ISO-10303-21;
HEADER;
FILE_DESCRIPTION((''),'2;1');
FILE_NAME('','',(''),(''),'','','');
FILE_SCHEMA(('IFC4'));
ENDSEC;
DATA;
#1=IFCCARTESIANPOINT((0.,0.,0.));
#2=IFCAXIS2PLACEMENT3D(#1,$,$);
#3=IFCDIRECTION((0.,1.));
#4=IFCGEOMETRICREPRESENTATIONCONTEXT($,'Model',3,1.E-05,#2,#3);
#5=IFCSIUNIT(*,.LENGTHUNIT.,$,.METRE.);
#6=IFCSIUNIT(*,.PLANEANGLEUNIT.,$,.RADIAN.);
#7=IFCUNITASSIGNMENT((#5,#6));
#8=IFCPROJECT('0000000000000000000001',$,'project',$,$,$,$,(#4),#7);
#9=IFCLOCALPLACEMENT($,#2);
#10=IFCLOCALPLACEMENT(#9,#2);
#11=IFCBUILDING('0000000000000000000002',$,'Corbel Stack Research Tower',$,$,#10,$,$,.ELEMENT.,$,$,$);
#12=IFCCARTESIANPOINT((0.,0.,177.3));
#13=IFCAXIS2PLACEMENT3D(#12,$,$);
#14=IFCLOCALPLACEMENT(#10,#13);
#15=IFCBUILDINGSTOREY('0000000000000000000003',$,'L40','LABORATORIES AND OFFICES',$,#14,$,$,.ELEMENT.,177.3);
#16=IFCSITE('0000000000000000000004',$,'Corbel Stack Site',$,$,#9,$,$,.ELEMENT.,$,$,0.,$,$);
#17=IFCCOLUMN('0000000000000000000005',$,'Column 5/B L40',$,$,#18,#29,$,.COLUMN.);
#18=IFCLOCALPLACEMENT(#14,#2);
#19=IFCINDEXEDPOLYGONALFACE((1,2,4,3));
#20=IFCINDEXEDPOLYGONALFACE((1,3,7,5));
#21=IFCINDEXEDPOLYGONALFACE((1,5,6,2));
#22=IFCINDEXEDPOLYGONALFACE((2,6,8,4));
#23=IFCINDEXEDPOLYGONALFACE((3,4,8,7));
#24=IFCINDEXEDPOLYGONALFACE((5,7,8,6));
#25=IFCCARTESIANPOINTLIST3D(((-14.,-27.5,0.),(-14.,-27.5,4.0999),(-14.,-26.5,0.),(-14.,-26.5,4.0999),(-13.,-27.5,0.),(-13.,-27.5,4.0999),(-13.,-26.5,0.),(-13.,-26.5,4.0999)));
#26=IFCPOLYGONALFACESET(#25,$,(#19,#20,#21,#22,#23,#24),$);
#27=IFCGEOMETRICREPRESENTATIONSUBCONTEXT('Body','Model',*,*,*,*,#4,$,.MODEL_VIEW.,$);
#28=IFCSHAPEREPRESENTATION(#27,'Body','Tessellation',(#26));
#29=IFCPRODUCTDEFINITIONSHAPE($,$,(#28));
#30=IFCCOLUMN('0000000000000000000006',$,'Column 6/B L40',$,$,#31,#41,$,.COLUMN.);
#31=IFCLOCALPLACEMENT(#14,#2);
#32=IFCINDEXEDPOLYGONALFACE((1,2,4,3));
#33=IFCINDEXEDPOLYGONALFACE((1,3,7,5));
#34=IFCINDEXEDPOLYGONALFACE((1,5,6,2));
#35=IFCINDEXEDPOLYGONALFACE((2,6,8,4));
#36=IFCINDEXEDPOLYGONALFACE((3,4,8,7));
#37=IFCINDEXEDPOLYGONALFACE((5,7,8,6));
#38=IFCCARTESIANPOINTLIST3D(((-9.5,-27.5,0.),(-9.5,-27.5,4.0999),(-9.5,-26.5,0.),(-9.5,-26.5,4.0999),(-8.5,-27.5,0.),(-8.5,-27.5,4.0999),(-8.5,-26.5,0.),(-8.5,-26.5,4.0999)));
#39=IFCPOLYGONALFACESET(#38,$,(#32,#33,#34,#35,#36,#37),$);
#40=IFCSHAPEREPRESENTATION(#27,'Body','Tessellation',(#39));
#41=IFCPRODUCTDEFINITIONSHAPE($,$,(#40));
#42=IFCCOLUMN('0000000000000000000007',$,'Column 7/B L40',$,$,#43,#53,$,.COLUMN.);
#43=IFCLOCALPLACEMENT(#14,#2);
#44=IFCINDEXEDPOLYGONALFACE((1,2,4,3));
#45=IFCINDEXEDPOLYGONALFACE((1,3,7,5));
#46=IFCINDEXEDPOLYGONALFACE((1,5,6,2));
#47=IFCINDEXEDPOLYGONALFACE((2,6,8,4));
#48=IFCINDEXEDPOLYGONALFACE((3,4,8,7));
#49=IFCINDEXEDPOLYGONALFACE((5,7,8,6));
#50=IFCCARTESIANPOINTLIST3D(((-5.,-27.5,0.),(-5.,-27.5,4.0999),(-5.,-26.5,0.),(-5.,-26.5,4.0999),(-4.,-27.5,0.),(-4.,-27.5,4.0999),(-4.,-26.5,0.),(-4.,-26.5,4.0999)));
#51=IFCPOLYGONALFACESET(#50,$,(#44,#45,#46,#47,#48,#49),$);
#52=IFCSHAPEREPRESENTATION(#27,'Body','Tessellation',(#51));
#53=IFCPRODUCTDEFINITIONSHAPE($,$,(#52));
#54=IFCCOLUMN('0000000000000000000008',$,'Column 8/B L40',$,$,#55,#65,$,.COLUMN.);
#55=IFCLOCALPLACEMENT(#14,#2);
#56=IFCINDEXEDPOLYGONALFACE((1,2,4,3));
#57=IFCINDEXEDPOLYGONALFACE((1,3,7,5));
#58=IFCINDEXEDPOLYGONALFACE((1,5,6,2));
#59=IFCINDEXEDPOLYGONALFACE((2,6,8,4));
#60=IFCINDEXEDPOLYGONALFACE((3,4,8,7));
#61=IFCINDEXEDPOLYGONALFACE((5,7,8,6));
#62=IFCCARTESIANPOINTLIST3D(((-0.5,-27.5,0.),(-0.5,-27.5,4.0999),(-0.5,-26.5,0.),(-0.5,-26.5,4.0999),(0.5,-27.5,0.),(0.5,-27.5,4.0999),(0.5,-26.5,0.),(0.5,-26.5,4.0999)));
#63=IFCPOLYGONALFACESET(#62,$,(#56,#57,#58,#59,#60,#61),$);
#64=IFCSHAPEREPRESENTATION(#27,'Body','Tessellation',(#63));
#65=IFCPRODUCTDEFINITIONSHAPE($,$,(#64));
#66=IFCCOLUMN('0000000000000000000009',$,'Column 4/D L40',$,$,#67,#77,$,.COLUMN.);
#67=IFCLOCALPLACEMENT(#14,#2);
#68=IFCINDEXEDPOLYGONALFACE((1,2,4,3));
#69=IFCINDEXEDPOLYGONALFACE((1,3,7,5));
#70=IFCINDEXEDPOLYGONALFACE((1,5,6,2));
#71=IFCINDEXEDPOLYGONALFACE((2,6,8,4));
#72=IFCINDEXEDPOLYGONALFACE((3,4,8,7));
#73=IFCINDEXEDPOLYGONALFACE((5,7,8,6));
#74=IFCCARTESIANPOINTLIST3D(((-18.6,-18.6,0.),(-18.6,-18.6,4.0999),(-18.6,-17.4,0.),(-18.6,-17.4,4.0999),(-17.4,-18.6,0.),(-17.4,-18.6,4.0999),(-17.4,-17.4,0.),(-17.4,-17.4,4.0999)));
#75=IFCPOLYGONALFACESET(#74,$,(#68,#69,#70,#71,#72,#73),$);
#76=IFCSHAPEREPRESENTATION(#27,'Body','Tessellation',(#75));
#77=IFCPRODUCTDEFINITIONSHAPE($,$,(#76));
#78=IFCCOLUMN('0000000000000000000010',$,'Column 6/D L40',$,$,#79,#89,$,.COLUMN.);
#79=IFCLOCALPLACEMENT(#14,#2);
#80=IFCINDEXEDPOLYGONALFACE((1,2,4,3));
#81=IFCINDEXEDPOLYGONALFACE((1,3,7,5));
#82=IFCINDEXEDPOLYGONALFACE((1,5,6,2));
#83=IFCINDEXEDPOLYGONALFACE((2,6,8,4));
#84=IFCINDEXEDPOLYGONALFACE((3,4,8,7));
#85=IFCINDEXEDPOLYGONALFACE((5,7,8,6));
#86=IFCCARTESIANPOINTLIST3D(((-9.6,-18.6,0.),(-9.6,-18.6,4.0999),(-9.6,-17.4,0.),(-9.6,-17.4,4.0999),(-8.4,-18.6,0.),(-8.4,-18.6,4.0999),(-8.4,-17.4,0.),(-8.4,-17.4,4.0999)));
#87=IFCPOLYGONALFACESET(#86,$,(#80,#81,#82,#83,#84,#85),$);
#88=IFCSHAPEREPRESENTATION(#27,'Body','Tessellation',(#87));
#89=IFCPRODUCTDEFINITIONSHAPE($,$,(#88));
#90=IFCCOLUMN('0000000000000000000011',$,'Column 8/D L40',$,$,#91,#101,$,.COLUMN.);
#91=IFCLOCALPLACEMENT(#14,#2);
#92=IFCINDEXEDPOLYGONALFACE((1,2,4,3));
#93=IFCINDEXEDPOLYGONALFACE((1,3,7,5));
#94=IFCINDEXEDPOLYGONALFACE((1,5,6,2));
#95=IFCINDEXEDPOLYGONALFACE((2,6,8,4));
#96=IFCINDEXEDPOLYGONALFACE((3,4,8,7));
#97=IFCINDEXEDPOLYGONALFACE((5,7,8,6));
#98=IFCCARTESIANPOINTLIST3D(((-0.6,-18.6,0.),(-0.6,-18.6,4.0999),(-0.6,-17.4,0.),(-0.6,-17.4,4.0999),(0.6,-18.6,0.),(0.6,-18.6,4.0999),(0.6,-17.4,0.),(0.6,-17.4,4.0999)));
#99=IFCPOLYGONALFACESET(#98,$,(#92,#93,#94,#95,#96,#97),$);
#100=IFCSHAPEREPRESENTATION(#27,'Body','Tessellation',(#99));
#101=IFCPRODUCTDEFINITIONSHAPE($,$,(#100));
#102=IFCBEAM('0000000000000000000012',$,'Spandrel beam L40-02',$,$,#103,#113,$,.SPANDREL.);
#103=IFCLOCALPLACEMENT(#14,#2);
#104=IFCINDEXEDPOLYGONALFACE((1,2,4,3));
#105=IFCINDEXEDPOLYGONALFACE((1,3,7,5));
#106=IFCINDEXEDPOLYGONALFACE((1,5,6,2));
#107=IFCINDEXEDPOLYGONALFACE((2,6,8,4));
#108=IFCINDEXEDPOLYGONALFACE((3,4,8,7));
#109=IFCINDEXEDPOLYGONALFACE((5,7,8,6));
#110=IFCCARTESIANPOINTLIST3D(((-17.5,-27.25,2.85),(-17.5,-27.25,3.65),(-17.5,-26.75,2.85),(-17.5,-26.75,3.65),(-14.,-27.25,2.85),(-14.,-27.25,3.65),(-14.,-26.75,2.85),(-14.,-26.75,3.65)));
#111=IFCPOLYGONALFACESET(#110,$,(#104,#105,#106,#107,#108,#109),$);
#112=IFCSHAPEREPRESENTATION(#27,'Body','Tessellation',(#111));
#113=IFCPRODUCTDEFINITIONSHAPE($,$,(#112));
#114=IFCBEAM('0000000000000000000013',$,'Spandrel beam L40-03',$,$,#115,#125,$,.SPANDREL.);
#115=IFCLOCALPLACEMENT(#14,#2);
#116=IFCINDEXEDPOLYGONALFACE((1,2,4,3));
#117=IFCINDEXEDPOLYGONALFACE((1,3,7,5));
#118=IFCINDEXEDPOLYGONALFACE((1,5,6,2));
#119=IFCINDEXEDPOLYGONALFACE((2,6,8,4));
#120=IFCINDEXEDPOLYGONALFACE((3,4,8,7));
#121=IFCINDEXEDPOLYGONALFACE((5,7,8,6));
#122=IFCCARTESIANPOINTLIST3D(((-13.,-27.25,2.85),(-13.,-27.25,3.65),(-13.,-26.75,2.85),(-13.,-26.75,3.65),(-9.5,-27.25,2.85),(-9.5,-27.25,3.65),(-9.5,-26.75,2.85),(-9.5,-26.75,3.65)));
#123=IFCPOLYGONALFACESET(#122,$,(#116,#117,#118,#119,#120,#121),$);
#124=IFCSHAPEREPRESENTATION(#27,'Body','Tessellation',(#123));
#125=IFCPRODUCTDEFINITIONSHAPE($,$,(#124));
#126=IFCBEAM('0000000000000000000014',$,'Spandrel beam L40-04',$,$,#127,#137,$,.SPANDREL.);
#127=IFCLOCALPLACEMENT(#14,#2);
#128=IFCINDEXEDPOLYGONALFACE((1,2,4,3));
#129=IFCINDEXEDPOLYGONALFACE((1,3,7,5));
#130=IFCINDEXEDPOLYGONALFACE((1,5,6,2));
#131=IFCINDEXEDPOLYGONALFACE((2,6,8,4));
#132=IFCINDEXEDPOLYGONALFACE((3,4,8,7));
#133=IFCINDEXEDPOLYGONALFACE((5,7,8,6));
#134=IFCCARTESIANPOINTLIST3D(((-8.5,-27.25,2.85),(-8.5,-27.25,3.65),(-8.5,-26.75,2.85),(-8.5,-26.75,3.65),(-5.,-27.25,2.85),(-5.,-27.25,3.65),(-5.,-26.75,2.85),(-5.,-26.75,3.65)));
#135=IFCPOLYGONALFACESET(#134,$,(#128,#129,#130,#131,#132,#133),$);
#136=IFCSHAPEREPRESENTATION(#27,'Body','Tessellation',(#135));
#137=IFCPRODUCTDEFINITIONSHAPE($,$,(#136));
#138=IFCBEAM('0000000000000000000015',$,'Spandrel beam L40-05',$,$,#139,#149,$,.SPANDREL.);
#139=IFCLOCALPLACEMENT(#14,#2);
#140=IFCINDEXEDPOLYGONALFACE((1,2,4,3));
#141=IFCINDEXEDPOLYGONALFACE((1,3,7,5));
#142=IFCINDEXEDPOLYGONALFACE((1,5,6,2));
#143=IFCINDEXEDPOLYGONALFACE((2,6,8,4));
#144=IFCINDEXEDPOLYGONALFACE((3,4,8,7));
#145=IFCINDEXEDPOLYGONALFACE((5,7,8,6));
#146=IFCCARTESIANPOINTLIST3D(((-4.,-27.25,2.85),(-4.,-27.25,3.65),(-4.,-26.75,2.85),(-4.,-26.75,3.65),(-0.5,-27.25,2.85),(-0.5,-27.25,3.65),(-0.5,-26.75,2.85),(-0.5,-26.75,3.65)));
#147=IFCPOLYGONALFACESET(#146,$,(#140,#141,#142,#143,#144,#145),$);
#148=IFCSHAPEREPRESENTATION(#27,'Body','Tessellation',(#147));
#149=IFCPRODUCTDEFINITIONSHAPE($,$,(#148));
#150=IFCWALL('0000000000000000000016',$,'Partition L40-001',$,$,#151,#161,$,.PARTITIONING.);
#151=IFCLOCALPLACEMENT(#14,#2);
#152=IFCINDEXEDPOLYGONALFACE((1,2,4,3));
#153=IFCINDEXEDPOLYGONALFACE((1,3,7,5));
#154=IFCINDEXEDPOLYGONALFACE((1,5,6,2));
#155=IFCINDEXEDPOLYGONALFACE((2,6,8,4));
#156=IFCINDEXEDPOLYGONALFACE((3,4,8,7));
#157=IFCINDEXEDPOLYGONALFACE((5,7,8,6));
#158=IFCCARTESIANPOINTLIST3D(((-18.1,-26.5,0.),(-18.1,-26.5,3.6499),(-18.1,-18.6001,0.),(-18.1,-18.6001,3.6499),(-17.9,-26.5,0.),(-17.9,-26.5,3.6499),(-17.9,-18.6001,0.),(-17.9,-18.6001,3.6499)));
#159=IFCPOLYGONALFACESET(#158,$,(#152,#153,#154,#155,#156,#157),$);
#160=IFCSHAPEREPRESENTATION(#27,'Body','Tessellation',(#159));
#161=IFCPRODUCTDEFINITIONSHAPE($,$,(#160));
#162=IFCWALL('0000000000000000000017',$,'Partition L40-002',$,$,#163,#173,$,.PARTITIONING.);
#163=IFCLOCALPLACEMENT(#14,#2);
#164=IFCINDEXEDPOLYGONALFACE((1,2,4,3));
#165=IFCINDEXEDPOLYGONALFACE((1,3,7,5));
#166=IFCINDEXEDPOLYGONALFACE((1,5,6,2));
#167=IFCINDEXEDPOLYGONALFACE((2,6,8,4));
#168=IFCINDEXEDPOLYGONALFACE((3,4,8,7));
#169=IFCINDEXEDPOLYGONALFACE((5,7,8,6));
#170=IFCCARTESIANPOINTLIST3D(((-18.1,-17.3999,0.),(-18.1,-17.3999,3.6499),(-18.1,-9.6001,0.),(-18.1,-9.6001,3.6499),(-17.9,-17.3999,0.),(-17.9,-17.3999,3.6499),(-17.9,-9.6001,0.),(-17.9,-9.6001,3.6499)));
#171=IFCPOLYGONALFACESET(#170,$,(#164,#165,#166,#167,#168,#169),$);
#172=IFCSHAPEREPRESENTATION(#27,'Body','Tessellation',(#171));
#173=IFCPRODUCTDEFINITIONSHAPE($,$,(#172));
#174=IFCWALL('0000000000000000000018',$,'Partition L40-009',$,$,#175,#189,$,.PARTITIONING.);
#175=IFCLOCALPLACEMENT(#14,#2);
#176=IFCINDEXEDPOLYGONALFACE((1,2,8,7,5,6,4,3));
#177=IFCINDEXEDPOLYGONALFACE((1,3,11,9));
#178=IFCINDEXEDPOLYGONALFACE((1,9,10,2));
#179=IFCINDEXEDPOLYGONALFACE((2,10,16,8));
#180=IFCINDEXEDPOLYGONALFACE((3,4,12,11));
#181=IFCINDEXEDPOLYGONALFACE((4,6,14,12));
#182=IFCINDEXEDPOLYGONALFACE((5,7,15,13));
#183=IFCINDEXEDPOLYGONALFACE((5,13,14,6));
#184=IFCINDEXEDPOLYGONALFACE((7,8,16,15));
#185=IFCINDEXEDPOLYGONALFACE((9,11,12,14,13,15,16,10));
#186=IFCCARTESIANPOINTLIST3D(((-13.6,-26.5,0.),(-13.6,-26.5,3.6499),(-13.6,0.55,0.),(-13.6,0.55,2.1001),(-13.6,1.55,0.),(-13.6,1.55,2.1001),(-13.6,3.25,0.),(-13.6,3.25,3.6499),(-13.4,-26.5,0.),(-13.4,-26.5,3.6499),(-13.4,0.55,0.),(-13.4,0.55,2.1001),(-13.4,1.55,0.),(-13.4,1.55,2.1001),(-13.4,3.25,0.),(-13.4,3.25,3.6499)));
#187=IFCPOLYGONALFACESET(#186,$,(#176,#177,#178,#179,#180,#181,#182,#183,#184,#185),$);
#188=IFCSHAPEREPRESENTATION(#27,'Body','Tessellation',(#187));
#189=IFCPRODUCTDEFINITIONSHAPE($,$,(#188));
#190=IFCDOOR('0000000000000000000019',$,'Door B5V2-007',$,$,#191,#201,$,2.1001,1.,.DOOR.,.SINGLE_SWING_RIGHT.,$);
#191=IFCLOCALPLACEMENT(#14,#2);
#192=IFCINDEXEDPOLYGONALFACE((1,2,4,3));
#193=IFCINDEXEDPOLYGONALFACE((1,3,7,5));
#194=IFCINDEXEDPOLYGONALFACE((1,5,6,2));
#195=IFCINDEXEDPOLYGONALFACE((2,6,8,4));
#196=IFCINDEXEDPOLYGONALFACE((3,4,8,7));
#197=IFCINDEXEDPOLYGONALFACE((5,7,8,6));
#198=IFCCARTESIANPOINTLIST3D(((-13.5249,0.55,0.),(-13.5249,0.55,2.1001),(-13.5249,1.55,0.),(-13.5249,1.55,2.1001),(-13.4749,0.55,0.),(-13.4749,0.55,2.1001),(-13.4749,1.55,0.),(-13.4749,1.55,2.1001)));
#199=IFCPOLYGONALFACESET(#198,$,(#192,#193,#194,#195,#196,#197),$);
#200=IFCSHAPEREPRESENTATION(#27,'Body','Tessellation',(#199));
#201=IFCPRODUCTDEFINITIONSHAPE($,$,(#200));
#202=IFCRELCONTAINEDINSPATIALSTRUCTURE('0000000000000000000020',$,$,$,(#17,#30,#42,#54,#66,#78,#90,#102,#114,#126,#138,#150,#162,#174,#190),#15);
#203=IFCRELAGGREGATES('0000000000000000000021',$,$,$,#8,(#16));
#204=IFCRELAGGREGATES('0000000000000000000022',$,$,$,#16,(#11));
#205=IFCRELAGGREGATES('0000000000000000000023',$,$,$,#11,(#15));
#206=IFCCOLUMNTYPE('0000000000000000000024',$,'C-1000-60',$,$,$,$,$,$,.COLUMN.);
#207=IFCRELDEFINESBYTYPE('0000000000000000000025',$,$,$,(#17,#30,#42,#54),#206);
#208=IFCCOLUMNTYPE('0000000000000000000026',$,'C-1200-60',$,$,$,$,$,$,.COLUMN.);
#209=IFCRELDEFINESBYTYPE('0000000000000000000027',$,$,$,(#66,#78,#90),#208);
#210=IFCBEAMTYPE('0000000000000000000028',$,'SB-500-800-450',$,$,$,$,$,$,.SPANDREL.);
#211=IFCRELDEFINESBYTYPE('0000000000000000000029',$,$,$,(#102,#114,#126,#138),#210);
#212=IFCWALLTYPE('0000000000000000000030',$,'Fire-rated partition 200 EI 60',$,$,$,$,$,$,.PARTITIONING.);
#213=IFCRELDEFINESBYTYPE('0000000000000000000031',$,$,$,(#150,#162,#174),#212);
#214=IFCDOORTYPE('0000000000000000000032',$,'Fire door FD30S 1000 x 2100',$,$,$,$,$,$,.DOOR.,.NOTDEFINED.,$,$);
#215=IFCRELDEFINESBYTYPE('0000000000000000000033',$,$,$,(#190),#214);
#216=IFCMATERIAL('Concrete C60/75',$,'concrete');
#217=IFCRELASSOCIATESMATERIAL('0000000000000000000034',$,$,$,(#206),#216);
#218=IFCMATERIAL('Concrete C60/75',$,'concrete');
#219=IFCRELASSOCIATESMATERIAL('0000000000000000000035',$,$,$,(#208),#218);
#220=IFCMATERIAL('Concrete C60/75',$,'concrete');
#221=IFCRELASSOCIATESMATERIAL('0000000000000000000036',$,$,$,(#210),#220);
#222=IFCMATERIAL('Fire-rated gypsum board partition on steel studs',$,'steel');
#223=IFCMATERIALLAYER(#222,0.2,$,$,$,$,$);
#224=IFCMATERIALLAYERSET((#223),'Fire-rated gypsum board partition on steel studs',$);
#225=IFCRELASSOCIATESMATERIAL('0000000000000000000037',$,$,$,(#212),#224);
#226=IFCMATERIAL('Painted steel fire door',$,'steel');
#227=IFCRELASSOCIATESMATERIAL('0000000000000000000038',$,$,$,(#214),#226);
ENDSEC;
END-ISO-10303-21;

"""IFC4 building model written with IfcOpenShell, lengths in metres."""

from ifc_helpers import new_model, si_unit, direction, frame, frame_2d, origin, origin_2d, place, context, subcontext, project, spatial, rectangle, extrude, material, layer, layer_set, material_profile, profile_set, type_object, element, fill, save


model = new_model("IFC4")

# Units and contexts
model_context = context("Model", 3, precision=1e-05, world=origin(), true_north=direction((0.0, 1.0)))
body_context = subcontext(model_context, "Body", "Model", "MODEL_VIEW")
ifc_project = project(units=[si_unit("LENGTHUNIT", "METRE"), si_unit("PLANEANGLEUNIT", "RADIAN")], contexts=[model_context])

# Site, building, storey
site_placement = place(None, origin())
site = spatial("IfcSite", under=ifc_project, at=site_placement, Name="Corbel Stack Site", CompositionType="ELEMENT", RefElevation=0.0)
building_placement = place(site_placement, origin())
building = spatial("IfcBuilding", under=site, at=building_placement, Name="Corbel Stack Research Tower", CompositionType="ELEMENT")
storey_placement = place(building_placement, frame((0.0, 0.0, 177.3)))
storey = spatial("IfcBuildingStorey", under=building, at=storey_placement, Name="L40", Description="LABORATORIES AND OFFICES", CompositionType="ELEMENT", Elevation=177.3)

# Columns
ifc_material_1 = material(Name="Concrete C60/75", Category="concrete")
ifc_material_profile_1 = material_profile(ifc_material_1, rectangle(XDim=1.0, YDim=1.0, at=origin_2d()), Name="RC 1000 x 1000")
ifc_profile_set_1 = profile_set([ifc_material_profile_1], Name="Concrete C60/75")
column_type_1 = type_object("IfcColumnType", Name="C-1000-60", PredefinedType="COLUMN", material=ifc_profile_set_1)
for number, where, z_axis, x_axis, name in (
    (1, (-13.5, -27.0, 0.0), (0.0, 0.0, 1.0), (1.0, 0.0, 0.0), "Column 5/B L40"),
    (2, (-9.0, -27.0, 0.0), (0.0, 0.0, 1.0), (1.0, 0.0, 0.0), "Column 6/B L40"),
    (3, (-4.5, -27.0, 0.0), (0.0, 0.0, 1.0), (1.0, 0.0, 0.0), "Column 7/B L40"),
    (4, (0.0, -27.0, 0.0), (0.0, 0.0, 1.0), (1.0, 0.0, 0.0), "Column 8/B L40"),
):
    element("IfcColumn", number, at=place(storey_placement, frame(where, z_axis=z_axis, x_axis=x_axis)), inside=storey, type_object=column_type_1, Name=name, PredefinedType="COLUMN", context=body_context, shape_type="SweptSolid", body=[
        extrude(rectangle(XDim=1.0, YDim=1.0, at=origin_2d()), origin(), (0.0, 0.0, 1.0), 4.0999),
    ])
ifc_material_2 = material(Name="Concrete C60/75", Category="concrete")
ifc_material_profile_2 = material_profile(ifc_material_2, rectangle(XDim=1.2, YDim=1.2, at=origin_2d()), Name="RC 1200 x 1200")
ifc_profile_set_2 = profile_set([ifc_material_profile_2], Name="Concrete C60/75")
column_type_2 = type_object("IfcColumnType", Name="C-1200-60", PredefinedType="COLUMN", material=ifc_profile_set_2)
for number, where, z_axis, x_axis, name in (
    (5, (-18.0, -18.0, 0.0), (0.0, 0.0, 1.0), (1.0, 0.0, 0.0), "Column 4/D L40"),
    (6, (-9.0, -18.0, 0.0), (0.0, 0.0, 1.0), (1.0, 0.0, 0.0), "Column 6/D L40"),
    (7, (0.0, -18.0, 0.0), (0.0, 0.0, 1.0), (1.0, 0.0, 0.0), "Column 8/D L40"),
):
    element("IfcColumn", number, at=place(storey_placement, frame(where, z_axis=z_axis, x_axis=x_axis)), inside=storey, type_object=column_type_2, Name=name, PredefinedType="COLUMN", context=body_context, shape_type="SweptSolid", body=[
        extrude(rectangle(XDim=1.2, YDim=1.2, at=origin_2d()), origin(), (0.0, 0.0, 1.0), 4.0999),
    ])

# Beams
ifc_material_3 = material(Name="Concrete C60/75", Category="concrete")
ifc_material_profile_3 = material_profile(ifc_material_3, rectangle(XDim=0.5, YDim=0.8, at=origin_2d()), Name="RC 500 x 800")
ifc_profile_set_3 = profile_set([ifc_material_profile_3], Name="Concrete C60/75")
beam_type = type_object("IfcBeamType", Name="SB-500-800-450", PredefinedType="SPANDREL", material=ifc_profile_set_3)
for number, where, z_axis, x_axis, name in (
    (8, (-17.5, -27.0, 3.25), (1.0, 0.0, 0.0), (0.0, 1.0, 0.0), "Spandrel beam L40-02"),
    (9, (-13.0, -27.0, 3.25), (1.0, 0.0, 0.0), (0.0, 1.0, 0.0), "Spandrel beam L40-03"),
    (10, (-8.5, -27.0, 3.25), (1.0, 0.0, 0.0), (0.0, 1.0, 0.0), "Spandrel beam L40-04"),
    (11, (-4.0, -27.0, 3.25), (1.0, 0.0, 0.0), (0.0, 1.0, 0.0), "Spandrel beam L40-05"),
):
    element("IfcBeam", number, at=place(storey_placement, frame(where, z_axis=z_axis, x_axis=x_axis)), inside=storey, type_object=beam_type, Name=name, PredefinedType="SPANDREL", context=body_context, shape_type="SweptSolid", body=[
        extrude(rectangle(XDim=0.5, YDim=0.8, at=origin_2d()), origin(), (0.0, 0.0, 1.0), 3.5),
    ])

# Walls
ifc_material_4 = material(Name="Fire-rated gypsum board partition on steel studs", Category="steel")
ifc_layer_1 = layer(ifc_material_4, 0.2)
ifc_layer_set_1 = layer_set([ifc_layer_1], Name="Fire-rated gypsum board partition on steel studs")
wall_type_1 = type_object("IfcWallType", Name="Fire-rated partition 200 EI 60", PredefinedType="PARTITIONING", material=ifc_layer_set_1)
wall_1_placement = place(storey_placement, frame((-18.0, -26.5, 0.0), z_axis=(0.0, 0.0, 1.0), x_axis=(0.0, 1.0, 0.0)))
element("IfcWall", 12, at=wall_1_placement, inside=storey, type_object=wall_type_1, Name="Partition L40-001", PredefinedType="PARTITIONING", context=body_context, shape_type="SweptSolid", body=[
    extrude(rectangle(XDim=7.8999, YDim=0.2, at=frame_2d((3.95, 0.0))), origin(), (0.0, 0.0, 1.0), 3.6499),
])
wall_2_placement = place(storey_placement, frame((-18.0, -17.3999, 0.0), z_axis=(0.0, 0.0, 1.0), x_axis=(0.0, 1.0, 0.0)))
element("IfcWall", 13, at=wall_2_placement, inside=storey, type_object=wall_type_1, Name="Partition L40-002", PredefinedType="PARTITIONING", context=body_context, shape_type="SweptSolid", body=[
    extrude(rectangle(XDim=7.7998, YDim=0.2, at=frame_2d((3.8999, 0.0))), origin(), (0.0, 0.0, 1.0), 3.6499),
])

# Wall, opening, door
wall_3_placement = place(storey_placement, frame((-13.5, -26.5, 0.0), z_axis=(0.0, 0.0, 1.0), x_axis=(0.0, 1.0, 0.0)))
wall_3 = element("IfcWall", 14, at=wall_3_placement, inside=storey, type_object=wall_type_1, Name="Partition L40-009", PredefinedType="PARTITIONING", context=body_context, shape_type="SweptSolid", body=[
    extrude(rectangle(XDim=29.75, YDim=0.2, at=frame_2d((14.875, 0.0))), origin(), (0.0, 0.0, 1.0), 3.6499),
])
opening_1_placement = place(wall_3_placement, frame((27.05, 0.0, 0.0)))
opening_1 = element("IfcOpeningElement", 15, at=opening_1_placement, cuts=wall_3, PredefinedType="OPENING", context=body_context, shape_type="SweptSolid", body=[
    extrude(rectangle(XDim=1.0, YDim=2.1001, at=frame_2d((0.5, 1.05))), frame((0.0, 0.1099, 0.0), z_axis=(0.0, -1.0, 0.0), x_axis=(1.0, 0.0, 0.0)), (0.0, 0.0, 1.0), 0.22),
])
ifc_material_5 = material(Name="Painted steel fire door", Category="steel")
door_type_1 = type_object("IfcDoorType", Name="Fire door FD30S 1000 x 2100", OperationType="NOTDEFINED", PredefinedType="DOOR", material=ifc_material_5)
door_1_placement = place(opening_1_placement, origin())
door_1 = element("IfcDoor", 16, at=door_1_placement, inside=storey, type_object=door_type_1, Name="Door B5V2-007", OperationType="SINGLE_SWING_RIGHT", OverallHeight=2.1001, OverallWidth=1.0, PredefinedType="DOOR", context=body_context, shape_type="SweptSolid", body=[
    extrude(rectangle(XDim=1.0, YDim=2.1001, at=frame_2d((0.5, 1.05))), frame((0.0, 0.0249, 0.0), z_axis=(0.0, -1.0, 0.0), x_axis=(1.0, 0.0, 0.0)), (0.0, 0.0, 1.0), 0.05),
])
fill(opening_1, door_1)

save(model, "model.ifc")
